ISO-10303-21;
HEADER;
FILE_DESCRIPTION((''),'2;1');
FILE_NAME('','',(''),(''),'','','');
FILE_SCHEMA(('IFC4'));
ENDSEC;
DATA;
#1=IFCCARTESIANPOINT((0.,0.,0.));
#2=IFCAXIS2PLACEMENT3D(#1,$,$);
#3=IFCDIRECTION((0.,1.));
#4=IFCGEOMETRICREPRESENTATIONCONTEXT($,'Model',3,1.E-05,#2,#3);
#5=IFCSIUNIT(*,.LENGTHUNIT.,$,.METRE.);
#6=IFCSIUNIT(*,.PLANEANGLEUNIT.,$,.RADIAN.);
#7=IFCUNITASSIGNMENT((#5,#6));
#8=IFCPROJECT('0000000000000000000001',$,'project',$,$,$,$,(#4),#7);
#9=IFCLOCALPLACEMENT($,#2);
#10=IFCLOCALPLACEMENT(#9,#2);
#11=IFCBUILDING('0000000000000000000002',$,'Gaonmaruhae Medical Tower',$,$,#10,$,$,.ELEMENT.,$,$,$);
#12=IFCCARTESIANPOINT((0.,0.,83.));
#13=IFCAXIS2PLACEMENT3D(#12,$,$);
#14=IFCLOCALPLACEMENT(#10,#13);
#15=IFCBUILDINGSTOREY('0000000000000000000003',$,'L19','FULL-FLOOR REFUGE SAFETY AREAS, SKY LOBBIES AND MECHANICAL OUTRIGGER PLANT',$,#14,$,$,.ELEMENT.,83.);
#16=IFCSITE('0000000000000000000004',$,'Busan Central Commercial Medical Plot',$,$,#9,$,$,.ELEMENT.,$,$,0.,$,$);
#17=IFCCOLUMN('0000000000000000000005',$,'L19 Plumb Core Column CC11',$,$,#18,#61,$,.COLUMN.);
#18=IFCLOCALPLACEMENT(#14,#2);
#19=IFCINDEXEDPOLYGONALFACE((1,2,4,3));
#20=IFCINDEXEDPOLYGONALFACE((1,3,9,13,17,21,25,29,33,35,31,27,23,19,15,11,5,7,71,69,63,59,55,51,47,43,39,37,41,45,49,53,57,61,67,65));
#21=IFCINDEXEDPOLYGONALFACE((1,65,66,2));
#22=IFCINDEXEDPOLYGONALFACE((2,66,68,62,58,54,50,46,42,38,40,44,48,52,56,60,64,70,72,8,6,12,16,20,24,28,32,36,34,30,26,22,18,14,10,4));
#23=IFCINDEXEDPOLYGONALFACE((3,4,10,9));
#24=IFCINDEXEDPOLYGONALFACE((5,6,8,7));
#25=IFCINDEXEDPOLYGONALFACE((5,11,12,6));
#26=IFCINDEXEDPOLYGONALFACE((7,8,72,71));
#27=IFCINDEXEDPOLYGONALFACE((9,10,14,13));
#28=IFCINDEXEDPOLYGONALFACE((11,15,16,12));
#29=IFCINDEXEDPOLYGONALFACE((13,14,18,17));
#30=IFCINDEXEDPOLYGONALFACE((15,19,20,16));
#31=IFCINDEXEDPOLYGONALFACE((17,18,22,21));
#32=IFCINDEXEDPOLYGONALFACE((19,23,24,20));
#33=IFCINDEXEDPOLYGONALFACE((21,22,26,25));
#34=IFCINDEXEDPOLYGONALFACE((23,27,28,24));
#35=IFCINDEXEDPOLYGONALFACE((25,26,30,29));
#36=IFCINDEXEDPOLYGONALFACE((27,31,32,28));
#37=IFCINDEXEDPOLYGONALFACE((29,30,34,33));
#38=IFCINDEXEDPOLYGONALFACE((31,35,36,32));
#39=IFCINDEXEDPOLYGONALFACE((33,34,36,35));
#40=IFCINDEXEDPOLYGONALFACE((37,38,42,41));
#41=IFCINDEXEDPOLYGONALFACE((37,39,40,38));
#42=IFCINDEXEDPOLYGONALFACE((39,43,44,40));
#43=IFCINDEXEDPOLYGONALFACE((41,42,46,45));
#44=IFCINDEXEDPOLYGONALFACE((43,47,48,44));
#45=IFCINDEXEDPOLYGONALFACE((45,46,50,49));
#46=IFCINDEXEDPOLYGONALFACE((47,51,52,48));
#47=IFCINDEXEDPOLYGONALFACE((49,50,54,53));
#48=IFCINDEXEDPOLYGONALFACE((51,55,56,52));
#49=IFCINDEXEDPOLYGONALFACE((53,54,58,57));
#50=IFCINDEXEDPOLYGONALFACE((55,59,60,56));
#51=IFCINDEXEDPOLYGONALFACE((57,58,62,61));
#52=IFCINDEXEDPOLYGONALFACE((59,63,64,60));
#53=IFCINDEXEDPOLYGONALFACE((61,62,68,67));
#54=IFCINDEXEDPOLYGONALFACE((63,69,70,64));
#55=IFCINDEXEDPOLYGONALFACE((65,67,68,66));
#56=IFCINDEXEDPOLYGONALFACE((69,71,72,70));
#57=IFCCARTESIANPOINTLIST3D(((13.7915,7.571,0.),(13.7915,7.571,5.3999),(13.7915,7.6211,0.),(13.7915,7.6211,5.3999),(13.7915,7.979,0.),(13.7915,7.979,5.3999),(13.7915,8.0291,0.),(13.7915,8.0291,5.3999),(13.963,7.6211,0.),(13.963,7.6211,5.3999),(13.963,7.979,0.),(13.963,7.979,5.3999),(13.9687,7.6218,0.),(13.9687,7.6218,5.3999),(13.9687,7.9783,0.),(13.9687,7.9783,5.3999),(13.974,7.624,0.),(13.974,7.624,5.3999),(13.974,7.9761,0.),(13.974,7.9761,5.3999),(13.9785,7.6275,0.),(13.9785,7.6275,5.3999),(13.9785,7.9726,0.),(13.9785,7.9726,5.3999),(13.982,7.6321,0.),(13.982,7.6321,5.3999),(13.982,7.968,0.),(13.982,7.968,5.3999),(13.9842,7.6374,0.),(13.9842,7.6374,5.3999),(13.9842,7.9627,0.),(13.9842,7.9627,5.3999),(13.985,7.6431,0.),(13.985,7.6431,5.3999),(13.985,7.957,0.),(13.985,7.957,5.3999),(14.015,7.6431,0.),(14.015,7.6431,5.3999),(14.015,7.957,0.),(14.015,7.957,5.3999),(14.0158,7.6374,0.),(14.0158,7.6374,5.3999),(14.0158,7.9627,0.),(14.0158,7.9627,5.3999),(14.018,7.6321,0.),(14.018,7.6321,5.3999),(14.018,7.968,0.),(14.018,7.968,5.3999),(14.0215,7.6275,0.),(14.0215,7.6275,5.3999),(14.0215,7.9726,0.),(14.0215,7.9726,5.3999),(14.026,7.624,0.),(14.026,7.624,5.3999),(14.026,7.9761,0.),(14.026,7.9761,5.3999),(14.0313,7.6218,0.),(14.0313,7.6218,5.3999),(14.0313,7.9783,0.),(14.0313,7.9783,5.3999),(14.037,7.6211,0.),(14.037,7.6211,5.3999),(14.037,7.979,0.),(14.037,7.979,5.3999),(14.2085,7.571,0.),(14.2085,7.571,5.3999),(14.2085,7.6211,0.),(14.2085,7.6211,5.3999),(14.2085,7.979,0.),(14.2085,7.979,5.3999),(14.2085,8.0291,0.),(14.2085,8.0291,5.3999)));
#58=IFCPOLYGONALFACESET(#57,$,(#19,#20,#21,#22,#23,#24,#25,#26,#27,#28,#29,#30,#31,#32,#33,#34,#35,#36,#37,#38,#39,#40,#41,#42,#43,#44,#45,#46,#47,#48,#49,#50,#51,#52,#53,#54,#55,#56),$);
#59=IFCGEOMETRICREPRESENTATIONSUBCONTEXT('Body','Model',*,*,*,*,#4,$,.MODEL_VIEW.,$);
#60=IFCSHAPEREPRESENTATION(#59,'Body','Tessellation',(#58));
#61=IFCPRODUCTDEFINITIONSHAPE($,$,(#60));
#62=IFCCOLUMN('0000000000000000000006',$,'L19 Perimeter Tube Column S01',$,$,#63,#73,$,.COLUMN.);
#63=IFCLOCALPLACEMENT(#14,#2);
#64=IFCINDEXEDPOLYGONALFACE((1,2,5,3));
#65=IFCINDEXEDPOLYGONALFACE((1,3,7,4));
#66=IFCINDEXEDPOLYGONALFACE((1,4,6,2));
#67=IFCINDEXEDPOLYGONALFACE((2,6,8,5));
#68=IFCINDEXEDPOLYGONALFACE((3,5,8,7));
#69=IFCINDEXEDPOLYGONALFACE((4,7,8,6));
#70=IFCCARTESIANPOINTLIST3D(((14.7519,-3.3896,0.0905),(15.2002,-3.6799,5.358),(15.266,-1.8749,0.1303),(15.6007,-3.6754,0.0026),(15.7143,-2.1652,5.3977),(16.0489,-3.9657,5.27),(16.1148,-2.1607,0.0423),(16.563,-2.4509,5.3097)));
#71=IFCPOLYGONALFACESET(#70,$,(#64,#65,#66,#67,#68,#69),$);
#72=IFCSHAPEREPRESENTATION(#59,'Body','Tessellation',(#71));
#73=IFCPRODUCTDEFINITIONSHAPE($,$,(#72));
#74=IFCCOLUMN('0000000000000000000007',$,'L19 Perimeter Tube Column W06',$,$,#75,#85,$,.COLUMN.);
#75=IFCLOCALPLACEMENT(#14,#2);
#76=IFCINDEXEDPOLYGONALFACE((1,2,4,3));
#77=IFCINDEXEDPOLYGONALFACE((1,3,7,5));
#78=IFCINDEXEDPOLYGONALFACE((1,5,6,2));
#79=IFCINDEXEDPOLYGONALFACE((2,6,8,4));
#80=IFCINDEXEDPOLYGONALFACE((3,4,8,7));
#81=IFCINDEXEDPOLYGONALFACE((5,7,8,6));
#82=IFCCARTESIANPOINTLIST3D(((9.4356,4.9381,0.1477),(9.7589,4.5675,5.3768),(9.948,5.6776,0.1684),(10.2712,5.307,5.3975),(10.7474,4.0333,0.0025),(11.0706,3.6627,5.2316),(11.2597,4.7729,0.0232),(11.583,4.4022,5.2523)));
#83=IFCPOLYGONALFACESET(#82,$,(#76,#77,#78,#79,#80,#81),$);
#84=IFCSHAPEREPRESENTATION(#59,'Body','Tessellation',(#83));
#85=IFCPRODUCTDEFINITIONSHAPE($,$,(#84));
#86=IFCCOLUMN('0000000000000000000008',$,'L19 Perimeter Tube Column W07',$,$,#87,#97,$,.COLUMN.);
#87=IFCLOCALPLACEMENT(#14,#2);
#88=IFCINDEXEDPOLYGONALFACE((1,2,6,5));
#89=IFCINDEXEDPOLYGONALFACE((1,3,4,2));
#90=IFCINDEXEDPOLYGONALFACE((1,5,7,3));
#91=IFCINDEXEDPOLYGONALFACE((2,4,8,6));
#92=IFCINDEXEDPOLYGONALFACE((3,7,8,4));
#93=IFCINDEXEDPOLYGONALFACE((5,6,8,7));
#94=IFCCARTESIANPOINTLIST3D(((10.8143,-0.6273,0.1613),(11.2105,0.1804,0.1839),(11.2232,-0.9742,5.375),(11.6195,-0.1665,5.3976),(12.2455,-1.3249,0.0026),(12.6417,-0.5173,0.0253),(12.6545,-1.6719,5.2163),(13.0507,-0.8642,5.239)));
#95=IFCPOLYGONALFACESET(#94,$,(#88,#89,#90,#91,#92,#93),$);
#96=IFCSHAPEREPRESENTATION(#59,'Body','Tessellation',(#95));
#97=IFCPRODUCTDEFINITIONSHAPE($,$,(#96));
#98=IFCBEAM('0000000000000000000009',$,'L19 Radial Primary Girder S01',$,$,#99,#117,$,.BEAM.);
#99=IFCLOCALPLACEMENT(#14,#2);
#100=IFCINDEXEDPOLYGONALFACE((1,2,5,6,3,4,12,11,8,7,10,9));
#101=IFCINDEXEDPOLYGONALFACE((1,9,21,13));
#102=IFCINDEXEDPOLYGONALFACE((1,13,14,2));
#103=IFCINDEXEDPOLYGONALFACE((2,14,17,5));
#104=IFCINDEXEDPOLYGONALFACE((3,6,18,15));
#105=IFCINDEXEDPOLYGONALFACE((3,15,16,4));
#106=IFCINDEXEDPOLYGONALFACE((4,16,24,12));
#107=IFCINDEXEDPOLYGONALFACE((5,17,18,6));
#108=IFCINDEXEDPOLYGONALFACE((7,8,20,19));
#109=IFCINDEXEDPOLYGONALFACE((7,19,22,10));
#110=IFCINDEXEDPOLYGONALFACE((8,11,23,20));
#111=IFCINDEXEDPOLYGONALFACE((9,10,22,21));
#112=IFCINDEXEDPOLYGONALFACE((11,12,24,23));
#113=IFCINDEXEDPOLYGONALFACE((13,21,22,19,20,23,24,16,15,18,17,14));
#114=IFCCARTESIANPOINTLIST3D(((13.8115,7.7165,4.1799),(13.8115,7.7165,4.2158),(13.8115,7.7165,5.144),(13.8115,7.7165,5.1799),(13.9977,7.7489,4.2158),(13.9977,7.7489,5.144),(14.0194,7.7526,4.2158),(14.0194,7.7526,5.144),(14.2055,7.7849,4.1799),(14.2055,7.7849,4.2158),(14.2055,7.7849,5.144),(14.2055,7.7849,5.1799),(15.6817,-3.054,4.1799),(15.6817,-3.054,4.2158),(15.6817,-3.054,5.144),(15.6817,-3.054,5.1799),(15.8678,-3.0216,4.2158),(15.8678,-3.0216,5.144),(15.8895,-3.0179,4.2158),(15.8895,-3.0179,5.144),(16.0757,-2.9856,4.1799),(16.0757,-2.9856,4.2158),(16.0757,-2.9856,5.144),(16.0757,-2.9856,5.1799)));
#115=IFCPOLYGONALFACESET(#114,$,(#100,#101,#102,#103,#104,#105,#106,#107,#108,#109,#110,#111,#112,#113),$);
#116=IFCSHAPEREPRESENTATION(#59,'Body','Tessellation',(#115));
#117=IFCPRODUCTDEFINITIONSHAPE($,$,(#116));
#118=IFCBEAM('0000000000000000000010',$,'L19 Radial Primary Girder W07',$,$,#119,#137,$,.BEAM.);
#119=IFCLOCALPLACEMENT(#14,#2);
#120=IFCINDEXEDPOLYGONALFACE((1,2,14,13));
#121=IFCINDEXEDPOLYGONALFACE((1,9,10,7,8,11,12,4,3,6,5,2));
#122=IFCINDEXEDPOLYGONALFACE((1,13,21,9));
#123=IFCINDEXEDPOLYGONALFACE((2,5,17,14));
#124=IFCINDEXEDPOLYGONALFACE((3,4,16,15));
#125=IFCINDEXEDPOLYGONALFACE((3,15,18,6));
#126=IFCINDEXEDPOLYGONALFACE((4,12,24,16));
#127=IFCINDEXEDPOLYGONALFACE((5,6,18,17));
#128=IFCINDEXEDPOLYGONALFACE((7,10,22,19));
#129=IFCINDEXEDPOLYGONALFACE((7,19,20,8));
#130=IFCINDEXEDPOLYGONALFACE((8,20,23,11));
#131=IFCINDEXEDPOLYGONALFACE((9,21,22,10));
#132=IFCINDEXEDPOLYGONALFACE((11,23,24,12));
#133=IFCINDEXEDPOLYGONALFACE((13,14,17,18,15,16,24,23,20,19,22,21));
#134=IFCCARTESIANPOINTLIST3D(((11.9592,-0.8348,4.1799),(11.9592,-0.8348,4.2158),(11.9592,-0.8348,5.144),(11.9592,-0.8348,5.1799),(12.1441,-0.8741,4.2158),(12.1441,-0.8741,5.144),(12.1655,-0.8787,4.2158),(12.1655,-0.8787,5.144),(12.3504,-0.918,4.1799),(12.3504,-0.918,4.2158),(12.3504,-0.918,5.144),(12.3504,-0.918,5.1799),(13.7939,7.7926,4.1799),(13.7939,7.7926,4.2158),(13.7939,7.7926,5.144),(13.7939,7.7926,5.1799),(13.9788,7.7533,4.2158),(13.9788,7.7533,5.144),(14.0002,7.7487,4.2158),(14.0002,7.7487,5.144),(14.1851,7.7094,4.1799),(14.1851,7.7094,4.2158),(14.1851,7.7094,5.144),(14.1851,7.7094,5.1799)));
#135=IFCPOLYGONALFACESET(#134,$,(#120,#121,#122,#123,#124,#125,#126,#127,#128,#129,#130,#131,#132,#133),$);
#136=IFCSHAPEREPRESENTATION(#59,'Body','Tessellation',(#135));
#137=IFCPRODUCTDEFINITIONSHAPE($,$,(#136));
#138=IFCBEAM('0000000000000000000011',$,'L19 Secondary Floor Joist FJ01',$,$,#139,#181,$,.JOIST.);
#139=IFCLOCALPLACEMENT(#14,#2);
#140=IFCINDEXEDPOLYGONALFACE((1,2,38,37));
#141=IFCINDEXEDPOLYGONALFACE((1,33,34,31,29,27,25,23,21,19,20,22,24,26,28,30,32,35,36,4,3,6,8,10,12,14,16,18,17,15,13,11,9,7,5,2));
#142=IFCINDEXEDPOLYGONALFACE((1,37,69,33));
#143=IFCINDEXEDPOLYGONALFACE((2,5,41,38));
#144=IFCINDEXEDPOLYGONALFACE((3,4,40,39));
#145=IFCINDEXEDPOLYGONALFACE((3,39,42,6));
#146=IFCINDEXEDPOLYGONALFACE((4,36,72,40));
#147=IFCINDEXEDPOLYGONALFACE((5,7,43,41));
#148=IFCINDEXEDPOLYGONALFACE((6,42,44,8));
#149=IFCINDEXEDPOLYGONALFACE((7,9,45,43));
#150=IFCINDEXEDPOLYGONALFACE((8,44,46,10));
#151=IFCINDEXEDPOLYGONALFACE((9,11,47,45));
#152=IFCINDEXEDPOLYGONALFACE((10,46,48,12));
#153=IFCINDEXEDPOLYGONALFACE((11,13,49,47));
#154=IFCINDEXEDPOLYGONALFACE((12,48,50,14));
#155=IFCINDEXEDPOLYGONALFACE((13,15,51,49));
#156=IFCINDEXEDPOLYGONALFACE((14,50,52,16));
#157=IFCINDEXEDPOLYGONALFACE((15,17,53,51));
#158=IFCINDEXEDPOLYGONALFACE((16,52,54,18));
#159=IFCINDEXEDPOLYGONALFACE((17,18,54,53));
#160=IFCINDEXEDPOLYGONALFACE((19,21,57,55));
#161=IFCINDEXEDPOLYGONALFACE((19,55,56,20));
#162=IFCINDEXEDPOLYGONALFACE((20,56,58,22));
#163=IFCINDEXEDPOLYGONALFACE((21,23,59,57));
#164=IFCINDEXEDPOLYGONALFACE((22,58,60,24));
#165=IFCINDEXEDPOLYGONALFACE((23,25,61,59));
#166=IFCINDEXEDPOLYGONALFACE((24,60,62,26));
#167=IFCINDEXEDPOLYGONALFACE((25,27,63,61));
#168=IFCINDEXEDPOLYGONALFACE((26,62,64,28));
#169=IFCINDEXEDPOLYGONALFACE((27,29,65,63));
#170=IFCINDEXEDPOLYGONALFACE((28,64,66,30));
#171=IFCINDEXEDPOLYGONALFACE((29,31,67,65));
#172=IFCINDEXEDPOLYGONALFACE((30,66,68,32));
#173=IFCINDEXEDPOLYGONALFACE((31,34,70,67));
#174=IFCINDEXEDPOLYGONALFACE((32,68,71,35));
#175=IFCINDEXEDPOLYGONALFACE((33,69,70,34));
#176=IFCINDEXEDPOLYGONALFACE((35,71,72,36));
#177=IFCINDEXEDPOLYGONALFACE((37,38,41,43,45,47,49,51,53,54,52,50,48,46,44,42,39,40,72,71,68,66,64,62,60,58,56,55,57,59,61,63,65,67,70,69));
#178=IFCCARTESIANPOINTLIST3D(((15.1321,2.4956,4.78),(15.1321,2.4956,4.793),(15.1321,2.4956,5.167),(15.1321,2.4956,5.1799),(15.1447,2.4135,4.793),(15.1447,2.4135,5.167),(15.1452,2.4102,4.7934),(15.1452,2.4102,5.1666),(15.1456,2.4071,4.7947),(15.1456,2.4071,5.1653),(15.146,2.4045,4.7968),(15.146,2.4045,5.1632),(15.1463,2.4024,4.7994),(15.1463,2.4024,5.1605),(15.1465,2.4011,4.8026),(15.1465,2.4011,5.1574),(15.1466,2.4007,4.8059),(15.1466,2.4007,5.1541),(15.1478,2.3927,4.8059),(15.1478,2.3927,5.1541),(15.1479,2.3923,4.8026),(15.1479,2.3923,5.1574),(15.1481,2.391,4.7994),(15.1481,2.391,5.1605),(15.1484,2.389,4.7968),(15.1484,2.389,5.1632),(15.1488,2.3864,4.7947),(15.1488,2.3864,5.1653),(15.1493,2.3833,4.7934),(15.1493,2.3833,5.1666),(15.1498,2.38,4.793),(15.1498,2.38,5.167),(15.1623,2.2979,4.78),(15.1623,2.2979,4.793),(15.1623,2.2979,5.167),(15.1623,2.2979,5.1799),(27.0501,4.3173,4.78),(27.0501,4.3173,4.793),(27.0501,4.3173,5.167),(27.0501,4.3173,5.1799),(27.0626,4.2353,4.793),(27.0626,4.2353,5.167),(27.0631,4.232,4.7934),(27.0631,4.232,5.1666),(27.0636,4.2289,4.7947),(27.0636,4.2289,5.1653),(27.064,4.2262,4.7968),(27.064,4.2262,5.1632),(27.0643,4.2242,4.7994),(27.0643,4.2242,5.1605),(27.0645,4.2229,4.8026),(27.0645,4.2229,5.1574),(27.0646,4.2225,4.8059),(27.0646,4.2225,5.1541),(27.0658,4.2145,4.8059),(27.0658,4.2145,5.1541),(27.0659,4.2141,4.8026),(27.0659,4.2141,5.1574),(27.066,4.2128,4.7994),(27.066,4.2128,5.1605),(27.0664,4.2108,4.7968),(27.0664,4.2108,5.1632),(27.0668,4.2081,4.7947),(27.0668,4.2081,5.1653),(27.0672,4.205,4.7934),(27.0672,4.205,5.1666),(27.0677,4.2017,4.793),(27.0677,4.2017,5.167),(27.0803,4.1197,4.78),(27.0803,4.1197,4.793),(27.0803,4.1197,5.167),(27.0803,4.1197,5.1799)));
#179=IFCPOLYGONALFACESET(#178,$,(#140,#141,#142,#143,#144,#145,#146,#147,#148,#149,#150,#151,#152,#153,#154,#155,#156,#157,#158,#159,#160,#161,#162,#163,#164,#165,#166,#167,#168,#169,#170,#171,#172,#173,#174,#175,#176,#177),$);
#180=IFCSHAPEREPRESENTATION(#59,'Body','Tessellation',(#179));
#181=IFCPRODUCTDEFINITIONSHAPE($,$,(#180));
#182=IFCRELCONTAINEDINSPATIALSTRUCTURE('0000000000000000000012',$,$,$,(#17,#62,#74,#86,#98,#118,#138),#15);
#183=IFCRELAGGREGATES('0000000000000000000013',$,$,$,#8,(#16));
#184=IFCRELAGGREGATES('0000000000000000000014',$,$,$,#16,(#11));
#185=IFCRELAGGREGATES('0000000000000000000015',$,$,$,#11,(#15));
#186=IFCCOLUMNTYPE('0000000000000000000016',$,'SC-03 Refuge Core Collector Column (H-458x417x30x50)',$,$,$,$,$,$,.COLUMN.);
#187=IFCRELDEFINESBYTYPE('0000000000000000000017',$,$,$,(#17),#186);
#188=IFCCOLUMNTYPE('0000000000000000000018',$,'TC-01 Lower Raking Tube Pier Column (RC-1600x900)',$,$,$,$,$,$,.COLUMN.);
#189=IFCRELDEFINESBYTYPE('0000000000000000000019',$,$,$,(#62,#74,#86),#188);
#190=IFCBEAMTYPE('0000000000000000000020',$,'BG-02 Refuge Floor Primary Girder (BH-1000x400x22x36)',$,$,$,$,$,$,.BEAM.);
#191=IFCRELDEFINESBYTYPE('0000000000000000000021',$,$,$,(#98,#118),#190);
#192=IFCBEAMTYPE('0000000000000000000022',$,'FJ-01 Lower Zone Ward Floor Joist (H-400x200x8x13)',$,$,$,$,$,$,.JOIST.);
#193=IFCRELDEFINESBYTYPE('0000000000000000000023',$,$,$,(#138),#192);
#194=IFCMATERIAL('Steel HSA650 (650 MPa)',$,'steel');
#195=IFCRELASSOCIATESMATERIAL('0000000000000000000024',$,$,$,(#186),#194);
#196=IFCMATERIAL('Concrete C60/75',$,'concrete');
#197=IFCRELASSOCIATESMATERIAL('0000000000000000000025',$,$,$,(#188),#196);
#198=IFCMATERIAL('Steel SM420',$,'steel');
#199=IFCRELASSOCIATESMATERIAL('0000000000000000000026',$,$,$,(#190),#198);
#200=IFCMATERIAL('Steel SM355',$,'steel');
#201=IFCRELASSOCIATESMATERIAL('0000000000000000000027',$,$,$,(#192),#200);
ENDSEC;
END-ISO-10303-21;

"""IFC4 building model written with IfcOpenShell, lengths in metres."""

from ifc_helpers import new_model, si_unit, direction, frame, origin, origin_2d, place, context, subcontext, project, spatial, rectangle, i_section, extrude, material, material_profile, profile_set, type_object, element, save


model = new_model("IFC4")

# Units and contexts
model_context = context("Model", 3, precision=1e-05, world=origin(), true_north=direction((0.0, 1.0)))
body_context = subcontext(model_context, "Body", "Model", "MODEL_VIEW")
ifc_project = project(units=[si_unit("LENGTHUNIT", "METRE"), si_unit("PLANEANGLEUNIT", "RADIAN")], contexts=[model_context])

# Site, building, storey
site_placement = place(None, origin())
site = spatial("IfcSite", under=ifc_project, at=site_placement, Name="Busan Central Commercial Medical Plot", CompositionType="ELEMENT", RefElevation=0.0)
building_placement = place(site_placement, origin())
building = spatial("IfcBuilding", under=site, at=building_placement, Name="Gaonmaruhae Medical Tower", CompositionType="ELEMENT")
storey_placement = place(building_placement, frame((0.0, 0.0, 83.0)))
storey = spatial("IfcBuildingStorey", under=building, at=storey_placement, Name="L19", Description="FULL-FLOOR REFUGE SAFETY AREAS, SKY LOBBIES AND MECHANICAL OUTRIGGER PLANT", CompositionType="ELEMENT", Elevation=83.0)

# Columns
ifc_material_1 = material(Name="Steel HSA650 (650 MPa)", Category="steel")
ifc_material_profile_1 = material_profile(ifc_material_1, i_section(OverallWidth=0.417, OverallDepth=0.458, WebThickness=0.03, FlangeThickness=0.05, FilletRadius=0.022, at=origin_2d()), Name="H-458x417x30x50")
ifc_profile_set_1 = profile_set([ifc_material_profile_1], Name="Steel HSA650 (650 MPa)")
column_type_1 = type_object("IfcColumnType", Name="SC-03 Refuge Core Collector Column (H-458x417x30x50)", PredefinedType="COLUMN", material=ifc_profile_set_1)
column_1_placement = place(storey_placement, frame((14.0, 7.8, 0.0), z_axis=(0.0, 0.0, 1.0), x_axis=(1.0, 0.0, 0.0)))
element("IfcColumn", 1, at=column_1_placement, inside=storey, type_object=column_type_1, Name="L19 Plumb Core Column CC11", PredefinedType="COLUMN", context=body_context, shape_type="SweptSolid", body=[
    extrude(i_section(OverallWidth=0.417, OverallDepth=0.458, WebThickness=0.03, FlangeThickness=0.05, FilletRadius=0.022, at=origin_2d()), origin(), (0.0, 0.0, 1.0), 5.3999),
])
ifc_material_2 = material(Name="Concrete C60/75", Category="concrete")
ifc_material_profile_2 = material_profile(ifc_material_2, rectangle(XDim=1.6001, YDim=0.8999, at=origin_2d()), Name="RC-1600x900")
ifc_profile_set_2 = profile_set([ifc_material_profile_2], Name="Concrete C60/75")
column_type_2 = type_object("IfcColumnType", Name="TC-01 Lower Raking Tube Pier Column (RC-1600x900)", PredefinedType="COLUMN", material=ifc_profile_set_2)
column_2_placement = place(storey_placement, frame((15.4333, -2.7751, 0.0664), z_axis=(0.084664, -0.054829, 0.9949), x_axis=(0.32129, 0.946655, 0.024829)))
element("IfcColumn", 2, at=column_2_placement, inside=storey, type_object=column_type_2, Name="L19 Perimeter Tube Column S01", PredefinedType="COLUMN", context=body_context, shape_type="SweptSolid", body=[
    extrude(rectangle(XDim=1.6001, YDim=0.8999, at=origin_2d()), origin(), (0.0, 0.0, 1.0), 5.2944),
])
column_3_placement = place(storey_placement, frame((10.3477, 4.8555, 0.0854), z_axis=(0.061546, -0.070564, 0.995607), x_axis=(-0.819792, 0.565425, 0.090752)))
element("IfcColumn", 3, at=column_3_placement, inside=storey, type_object=column_type_2, Name="L19 Perimeter Tube Column W06", PredefinedType="COLUMN", context=body_context, shape_type="SweptSolid", body=[
    extrude(rectangle(XDim=1.6001, YDim=0.8999, at=origin_2d()), origin(), (0.0, 0.0, 1.0), 5.2522),
])
column_4_placement = place(storey_placement, frame((11.728, -0.5723, 0.0933), z_axis=(0.078024, -0.066193, 0.994752), x_axis=(-0.894456, 0.436019, 0.099171)))
element("IfcColumn", 4, at=column_4_placement, inside=storey, type_object=column_type_2, Name="L19 Perimeter Tube Column W07", PredefinedType="COLUMN", context=body_context, shape_type="SweptSolid", body=[
    extrude(rectangle(XDim=1.6001, YDim=0.8999, at=origin_2d()), origin(), (0.0, 0.0, 1.0), 5.2412),
])

# Beams
ifc_material_3 = material(Name="Steel SM420", Category="steel")
ifc_material_profile_3 = material_profile(ifc_material_3, i_section(OverallWidth=0.3999, OverallDepth=1.0, WebThickness=0.022, FlangeThickness=0.0359, at=origin_2d()), Name="BH-1000x400x22x36")
ifc_profile_set_3 = profile_set([ifc_material_profile_3], Name="Steel SM420")
beam_type_1 = type_object("IfcBeamType", Name="BG-02 Refuge Floor Primary Girder (BH-1000x400x22x36)", PredefinedType="BEAM", material=ifc_profile_set_3)
beam_1_placement = place(storey_placement, frame((14.0085, 7.7507, 4.6799), z_axis=(0.171073, -0.985258, 0.0), x_axis=(0.985258, 0.171073, 0.0)))
element("IfcBeam", 5, at=beam_1_placement, inside=storey, type_object=beam_type_1, Name="L19 Radial Primary Girder S01", PredefinedType="BEAM", context=body_context, shape_type="SweptSolid", body=[
    extrude(i_section(OverallWidth=0.3999, OverallDepth=1.0, WebThickness=0.022, FlangeThickness=0.0359, at=origin_2d()), origin(), (0.0, 0.0, 1.0), 10.9316),
])
beam_2_placement = place(storey_placement, frame((13.9895, 7.751, 4.6799), z_axis=(-0.208009, -0.978127, 0.0), x_axis=(0.978127, -0.208009, 0.0)))
element("IfcBeam", 6, at=beam_2_placement, inside=storey, type_object=beam_type_1, Name="L19 Radial Primary Girder W07", PredefinedType="BEAM", context=body_context, shape_type="SweptSolid", body=[
    extrude(i_section(OverallWidth=0.3999, OverallDepth=1.0, WebThickness=0.022, FlangeThickness=0.0359, at=origin_2d()), origin(), (0.0, 0.0, 1.0), 8.8203),
])
ifc_material_4 = material(Name="Steel SM355", Category="steel")
ifc_material_profile_4 = material_profile(ifc_material_4, i_section(OverallWidth=0.2, OverallDepth=0.3999, WebThickness=0.0081, FlangeThickness=0.0129, FilletRadius=0.0129, at=origin_2d()), Name="H-400x200x8x13")
ifc_profile_set_4 = profile_set([ifc_material_profile_4], Name="Steel SM355")
beam_type_2 = type_object("IfcBeamType", Name="FJ-01 Lower Zone Ward Floor Joist (H-400x200x8x13)", PredefinedType="JOIST", material=ifc_profile_set_4)
beam_3_placement = place(storey_placement, frame((15.1472, 2.3967, 4.98), z_axis=(0.988518, 0.151105, 0.0), x_axis=(-0.151105, 0.988518, 0.0)))
element("IfcBeam", 7, at=beam_3_placement, inside=storey, type_object=beam_type_2, Name="L19 Secondary Floor Joist FJ01", PredefinedType="JOIST", context=body_context, shape_type="SweptSolid", body=[
    extrude(i_section(OverallWidth=0.2, OverallDepth=0.3999, WebThickness=0.0081, FlangeThickness=0.0129, FilletRadius=0.0129, at=origin_2d()), origin(), (0.0, 0.0, 1.0), 12.0564),
])

save(model, "model.ifc")
